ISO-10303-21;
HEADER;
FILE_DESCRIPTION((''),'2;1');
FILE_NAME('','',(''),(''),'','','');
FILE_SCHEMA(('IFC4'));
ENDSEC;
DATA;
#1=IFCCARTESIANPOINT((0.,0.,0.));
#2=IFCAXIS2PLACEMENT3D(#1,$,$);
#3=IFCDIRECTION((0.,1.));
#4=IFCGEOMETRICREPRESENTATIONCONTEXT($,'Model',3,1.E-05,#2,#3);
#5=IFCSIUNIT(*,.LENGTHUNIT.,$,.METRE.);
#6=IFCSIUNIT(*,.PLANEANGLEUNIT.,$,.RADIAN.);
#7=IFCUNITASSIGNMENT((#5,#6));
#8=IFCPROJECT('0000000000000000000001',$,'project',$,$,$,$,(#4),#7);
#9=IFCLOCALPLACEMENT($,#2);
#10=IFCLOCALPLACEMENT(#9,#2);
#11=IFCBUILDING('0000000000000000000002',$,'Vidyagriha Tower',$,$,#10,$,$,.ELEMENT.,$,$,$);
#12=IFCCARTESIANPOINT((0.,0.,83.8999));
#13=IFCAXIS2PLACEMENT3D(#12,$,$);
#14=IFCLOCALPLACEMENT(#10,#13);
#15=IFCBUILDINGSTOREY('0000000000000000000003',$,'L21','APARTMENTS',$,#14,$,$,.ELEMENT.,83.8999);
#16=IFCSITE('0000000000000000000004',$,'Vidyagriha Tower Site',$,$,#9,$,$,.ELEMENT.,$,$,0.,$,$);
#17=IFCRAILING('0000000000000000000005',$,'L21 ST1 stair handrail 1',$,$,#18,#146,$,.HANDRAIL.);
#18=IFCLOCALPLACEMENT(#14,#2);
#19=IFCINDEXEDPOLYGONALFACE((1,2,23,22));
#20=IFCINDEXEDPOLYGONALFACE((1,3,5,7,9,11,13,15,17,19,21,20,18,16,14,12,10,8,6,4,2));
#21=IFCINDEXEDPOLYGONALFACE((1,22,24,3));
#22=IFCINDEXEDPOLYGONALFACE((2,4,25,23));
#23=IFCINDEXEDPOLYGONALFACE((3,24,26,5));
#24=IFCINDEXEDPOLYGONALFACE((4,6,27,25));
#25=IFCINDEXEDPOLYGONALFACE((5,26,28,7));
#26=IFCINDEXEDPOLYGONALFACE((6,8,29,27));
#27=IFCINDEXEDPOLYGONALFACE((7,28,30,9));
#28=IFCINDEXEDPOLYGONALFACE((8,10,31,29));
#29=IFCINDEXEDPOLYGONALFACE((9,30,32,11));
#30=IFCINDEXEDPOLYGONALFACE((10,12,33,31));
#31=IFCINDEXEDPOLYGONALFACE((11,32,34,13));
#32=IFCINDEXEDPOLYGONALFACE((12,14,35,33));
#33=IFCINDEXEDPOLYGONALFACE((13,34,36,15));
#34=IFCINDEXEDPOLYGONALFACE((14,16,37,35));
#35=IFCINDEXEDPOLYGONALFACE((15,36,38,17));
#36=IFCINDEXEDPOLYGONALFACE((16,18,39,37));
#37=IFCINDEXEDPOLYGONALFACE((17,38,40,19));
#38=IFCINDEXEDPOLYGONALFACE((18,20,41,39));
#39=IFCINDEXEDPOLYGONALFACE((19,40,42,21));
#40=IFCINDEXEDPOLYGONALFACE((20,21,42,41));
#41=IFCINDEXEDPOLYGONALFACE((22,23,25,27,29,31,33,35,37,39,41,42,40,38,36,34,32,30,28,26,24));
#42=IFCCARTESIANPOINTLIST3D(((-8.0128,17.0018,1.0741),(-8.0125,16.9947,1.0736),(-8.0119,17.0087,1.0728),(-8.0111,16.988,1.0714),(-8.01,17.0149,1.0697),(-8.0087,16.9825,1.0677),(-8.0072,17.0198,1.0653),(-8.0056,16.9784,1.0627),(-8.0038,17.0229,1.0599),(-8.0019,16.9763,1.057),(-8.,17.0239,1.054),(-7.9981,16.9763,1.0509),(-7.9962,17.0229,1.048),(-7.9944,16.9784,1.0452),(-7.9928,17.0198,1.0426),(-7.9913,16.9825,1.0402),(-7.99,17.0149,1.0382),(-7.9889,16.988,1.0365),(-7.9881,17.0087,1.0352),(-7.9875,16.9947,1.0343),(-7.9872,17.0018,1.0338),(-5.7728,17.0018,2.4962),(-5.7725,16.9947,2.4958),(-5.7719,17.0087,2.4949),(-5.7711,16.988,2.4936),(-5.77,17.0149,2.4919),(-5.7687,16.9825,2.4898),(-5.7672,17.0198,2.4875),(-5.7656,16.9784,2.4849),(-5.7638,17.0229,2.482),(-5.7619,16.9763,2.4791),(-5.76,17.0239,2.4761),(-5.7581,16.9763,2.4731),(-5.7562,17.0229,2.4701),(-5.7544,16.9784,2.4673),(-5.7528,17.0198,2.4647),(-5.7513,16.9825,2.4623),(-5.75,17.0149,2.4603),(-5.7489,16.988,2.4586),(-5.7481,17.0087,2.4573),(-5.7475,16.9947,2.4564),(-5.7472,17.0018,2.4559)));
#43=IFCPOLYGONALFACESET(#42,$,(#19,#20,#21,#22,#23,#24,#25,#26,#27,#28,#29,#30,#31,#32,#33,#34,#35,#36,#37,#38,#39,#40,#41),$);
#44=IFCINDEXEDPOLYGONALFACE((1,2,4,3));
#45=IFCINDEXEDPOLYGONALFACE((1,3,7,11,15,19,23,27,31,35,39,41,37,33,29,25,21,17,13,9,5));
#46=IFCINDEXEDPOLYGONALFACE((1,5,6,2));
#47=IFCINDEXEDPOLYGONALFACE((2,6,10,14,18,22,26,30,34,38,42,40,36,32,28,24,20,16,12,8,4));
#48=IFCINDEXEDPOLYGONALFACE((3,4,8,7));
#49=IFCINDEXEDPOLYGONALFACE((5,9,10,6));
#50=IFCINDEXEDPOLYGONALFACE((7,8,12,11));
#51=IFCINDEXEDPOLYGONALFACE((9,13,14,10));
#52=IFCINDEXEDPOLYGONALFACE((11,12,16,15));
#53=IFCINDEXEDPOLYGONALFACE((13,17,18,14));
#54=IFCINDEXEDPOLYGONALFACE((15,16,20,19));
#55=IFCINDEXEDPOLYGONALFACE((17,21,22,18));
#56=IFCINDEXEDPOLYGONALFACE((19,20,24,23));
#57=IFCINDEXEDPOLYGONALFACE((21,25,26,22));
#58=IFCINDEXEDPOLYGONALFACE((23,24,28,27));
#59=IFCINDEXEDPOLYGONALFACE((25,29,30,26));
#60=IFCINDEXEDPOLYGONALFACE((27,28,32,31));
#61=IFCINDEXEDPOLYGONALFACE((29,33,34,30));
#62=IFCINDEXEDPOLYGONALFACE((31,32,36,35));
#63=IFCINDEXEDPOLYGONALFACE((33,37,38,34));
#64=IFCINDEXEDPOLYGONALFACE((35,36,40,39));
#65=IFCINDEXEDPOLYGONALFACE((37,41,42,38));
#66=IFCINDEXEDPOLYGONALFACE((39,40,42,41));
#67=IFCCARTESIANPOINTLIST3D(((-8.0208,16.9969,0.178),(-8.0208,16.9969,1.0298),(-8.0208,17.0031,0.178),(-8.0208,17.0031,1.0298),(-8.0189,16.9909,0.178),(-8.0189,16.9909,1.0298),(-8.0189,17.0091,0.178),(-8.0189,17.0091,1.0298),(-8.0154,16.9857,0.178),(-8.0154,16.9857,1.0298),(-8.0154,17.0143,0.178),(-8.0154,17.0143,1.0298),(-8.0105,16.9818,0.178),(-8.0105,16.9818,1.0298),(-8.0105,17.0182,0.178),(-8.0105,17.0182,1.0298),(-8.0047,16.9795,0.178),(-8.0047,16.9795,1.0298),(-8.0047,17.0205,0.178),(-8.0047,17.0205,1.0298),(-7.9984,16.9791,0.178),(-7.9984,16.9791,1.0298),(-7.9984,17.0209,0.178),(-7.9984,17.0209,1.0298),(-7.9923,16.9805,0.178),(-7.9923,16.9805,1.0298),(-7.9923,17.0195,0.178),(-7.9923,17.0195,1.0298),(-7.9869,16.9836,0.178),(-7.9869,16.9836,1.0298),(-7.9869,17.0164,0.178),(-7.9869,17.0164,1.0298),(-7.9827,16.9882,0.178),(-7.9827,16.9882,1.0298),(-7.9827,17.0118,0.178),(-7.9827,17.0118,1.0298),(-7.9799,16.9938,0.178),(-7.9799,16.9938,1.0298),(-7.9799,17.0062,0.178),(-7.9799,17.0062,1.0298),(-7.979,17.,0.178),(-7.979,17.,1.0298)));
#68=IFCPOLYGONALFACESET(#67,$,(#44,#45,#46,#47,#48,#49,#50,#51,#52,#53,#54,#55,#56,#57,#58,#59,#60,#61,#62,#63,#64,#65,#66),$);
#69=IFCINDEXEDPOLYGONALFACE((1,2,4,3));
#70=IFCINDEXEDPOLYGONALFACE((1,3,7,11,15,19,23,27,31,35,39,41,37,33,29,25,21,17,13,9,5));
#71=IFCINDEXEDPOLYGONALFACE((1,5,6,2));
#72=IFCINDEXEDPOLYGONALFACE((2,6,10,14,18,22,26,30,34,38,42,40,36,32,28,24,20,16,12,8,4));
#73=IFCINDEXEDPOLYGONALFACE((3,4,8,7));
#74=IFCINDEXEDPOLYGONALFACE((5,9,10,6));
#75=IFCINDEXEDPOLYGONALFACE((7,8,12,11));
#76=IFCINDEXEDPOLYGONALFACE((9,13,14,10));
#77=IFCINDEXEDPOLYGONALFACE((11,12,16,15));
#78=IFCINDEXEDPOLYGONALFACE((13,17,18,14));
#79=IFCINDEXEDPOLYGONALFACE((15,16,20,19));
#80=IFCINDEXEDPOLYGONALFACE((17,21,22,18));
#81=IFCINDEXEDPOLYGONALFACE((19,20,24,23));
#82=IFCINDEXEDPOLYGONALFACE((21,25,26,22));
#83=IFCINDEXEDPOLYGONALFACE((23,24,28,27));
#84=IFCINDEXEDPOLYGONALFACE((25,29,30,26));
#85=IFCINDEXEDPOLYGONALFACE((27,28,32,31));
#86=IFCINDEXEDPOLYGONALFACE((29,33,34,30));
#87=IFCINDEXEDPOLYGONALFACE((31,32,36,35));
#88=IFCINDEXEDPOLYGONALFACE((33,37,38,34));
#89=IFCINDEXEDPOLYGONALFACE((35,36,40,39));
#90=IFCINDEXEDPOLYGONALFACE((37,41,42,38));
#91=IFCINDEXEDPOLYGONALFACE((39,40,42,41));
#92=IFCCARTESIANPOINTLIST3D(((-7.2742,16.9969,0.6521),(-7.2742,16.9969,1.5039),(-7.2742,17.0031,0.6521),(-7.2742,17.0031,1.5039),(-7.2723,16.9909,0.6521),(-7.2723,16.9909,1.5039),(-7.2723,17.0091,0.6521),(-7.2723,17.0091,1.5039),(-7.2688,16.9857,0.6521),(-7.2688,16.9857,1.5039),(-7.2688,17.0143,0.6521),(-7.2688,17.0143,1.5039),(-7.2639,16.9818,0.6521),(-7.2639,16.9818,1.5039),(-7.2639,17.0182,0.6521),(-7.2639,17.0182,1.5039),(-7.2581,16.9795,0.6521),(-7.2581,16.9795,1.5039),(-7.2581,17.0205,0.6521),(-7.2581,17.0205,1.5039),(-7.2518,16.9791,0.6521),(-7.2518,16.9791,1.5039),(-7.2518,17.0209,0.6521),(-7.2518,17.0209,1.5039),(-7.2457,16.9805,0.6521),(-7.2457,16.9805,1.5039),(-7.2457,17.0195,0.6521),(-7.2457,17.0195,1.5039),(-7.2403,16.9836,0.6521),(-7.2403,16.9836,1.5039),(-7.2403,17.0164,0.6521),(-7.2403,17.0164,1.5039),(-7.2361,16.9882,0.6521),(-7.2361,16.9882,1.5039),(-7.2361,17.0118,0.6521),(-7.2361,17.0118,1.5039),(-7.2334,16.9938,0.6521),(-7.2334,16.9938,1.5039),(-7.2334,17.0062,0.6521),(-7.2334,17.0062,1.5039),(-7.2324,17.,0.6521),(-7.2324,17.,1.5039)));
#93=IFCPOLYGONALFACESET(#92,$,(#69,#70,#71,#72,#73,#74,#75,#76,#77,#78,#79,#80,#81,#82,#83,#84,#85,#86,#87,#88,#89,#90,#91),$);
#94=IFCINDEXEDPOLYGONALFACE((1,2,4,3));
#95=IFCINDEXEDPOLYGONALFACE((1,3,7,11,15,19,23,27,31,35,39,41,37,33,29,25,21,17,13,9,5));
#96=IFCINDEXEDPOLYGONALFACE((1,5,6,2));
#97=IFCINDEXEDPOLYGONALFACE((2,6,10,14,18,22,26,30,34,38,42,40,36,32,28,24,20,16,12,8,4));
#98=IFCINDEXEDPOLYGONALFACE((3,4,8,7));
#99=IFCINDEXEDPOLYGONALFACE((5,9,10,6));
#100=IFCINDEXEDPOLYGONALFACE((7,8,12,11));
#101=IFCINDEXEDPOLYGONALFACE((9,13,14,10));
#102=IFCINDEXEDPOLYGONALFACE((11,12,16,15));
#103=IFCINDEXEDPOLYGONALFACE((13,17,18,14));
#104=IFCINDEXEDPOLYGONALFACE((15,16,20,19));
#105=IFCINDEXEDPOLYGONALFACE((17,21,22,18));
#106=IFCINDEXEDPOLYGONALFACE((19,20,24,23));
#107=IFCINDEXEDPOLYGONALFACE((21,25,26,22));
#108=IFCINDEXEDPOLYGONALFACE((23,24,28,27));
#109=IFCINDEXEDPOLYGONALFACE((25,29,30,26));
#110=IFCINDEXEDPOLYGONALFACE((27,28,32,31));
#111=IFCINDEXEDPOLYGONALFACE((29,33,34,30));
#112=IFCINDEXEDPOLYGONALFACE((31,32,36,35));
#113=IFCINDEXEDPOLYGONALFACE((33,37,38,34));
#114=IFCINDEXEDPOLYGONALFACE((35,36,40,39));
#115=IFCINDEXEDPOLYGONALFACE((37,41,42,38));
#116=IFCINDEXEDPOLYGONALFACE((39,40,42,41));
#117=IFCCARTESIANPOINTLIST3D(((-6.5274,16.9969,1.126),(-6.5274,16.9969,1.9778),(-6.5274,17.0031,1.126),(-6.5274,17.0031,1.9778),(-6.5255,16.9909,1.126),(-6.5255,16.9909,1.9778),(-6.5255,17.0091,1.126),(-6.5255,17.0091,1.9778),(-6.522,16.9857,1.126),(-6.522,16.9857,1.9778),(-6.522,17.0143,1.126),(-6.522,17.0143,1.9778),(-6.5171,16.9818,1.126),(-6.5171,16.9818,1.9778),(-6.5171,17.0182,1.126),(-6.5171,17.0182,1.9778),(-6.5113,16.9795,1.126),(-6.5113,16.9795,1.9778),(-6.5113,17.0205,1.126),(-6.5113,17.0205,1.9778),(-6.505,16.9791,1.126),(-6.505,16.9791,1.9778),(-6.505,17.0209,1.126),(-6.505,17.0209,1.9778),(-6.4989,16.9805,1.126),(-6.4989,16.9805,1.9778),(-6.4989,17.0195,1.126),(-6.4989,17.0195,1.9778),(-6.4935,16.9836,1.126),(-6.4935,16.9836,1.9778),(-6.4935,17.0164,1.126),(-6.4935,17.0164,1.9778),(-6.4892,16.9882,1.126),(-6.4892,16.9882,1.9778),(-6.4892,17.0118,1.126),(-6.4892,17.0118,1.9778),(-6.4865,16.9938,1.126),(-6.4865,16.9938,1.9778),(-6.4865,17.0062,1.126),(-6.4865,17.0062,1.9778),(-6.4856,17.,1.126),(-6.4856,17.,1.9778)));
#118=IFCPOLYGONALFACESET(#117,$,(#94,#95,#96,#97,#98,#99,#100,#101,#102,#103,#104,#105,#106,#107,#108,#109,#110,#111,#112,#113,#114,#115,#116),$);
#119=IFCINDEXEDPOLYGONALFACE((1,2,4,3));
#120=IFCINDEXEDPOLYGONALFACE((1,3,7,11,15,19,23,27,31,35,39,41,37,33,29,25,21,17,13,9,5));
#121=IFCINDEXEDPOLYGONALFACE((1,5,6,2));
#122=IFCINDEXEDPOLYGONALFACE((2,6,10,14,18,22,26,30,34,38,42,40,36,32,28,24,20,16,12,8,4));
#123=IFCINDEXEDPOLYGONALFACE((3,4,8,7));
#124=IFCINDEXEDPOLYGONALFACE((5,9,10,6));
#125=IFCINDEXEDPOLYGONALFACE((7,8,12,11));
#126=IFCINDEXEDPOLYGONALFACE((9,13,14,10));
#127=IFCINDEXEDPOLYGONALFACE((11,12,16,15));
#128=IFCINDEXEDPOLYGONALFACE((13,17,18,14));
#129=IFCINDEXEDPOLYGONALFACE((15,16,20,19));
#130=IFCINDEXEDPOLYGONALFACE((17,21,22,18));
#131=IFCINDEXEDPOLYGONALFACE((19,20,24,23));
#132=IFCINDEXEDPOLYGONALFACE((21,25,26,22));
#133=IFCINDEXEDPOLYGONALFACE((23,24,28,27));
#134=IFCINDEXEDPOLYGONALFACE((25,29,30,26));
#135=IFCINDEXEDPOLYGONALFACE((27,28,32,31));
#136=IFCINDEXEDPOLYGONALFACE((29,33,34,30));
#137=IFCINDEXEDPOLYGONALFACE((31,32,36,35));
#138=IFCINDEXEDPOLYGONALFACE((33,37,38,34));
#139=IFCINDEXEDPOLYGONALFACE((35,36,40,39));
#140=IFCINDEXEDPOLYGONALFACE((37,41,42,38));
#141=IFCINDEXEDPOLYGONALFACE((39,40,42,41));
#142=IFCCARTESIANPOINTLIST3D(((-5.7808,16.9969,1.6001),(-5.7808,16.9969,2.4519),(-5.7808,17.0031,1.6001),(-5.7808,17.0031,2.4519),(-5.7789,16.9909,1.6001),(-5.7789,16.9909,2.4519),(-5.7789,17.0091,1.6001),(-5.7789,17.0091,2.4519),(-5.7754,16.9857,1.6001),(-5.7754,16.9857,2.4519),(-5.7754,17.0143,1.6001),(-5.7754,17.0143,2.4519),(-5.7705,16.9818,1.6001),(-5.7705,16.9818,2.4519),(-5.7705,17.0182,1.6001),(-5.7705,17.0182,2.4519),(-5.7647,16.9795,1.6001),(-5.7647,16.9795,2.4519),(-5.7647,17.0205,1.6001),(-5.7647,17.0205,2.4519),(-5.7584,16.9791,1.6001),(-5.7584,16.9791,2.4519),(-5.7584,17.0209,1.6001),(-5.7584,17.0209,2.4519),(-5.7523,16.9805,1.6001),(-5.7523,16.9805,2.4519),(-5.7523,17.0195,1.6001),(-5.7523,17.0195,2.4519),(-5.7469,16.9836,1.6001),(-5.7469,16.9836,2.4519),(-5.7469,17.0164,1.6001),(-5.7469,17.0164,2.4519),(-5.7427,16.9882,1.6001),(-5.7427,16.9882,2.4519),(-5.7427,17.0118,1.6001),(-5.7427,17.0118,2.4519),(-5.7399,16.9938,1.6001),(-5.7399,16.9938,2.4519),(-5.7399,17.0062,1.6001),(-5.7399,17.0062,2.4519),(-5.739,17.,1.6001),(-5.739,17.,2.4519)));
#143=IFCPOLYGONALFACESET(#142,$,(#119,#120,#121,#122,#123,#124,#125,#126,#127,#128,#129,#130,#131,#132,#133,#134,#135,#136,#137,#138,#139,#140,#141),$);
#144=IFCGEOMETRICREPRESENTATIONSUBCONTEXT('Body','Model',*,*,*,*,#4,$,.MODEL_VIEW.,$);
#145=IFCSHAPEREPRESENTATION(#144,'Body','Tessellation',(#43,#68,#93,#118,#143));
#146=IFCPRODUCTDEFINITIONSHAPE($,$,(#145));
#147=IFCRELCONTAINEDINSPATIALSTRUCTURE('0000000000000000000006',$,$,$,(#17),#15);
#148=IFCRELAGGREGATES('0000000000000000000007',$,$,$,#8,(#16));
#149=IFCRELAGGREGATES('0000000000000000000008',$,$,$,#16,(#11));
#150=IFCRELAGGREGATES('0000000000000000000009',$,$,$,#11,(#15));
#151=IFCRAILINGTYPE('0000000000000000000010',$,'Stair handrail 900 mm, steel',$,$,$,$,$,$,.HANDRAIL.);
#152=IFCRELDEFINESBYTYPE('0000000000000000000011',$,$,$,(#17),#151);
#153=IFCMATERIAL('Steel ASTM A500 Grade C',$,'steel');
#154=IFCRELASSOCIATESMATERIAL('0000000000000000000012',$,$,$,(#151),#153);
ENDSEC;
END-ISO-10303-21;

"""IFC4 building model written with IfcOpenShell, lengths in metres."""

from ifc_helpers import new_model, si_unit, direction, frame, origin, origin_2d, place, context, subcontext, project, spatial, circle, extrude, material, type_object, element, save


model = new_model("IFC4")

# Units and contexts
model_context = context("Model", 3, precision=1e-05, world=origin(), true_north=direction((0.0, 1.0)))
body_context = subcontext(model_context, "Body", "Model", "MODEL_VIEW")
ifc_project = project(units=[si_unit("LENGTHUNIT", "METRE"), si_unit("PLANEANGLEUNIT", "RADIAN")], contexts=[model_context])

# Site, building, storey
site_placement = place(None, origin())
site = spatial("IfcSite", under=ifc_project, at=site_placement, Name="Vidyagriha Tower Site", CompositionType="ELEMENT", RefElevation=0.0)
building_placement = place(site_placement, origin())
building = spatial("IfcBuilding", under=site, at=building_placement, Name="Vidyagriha Tower", CompositionType="ELEMENT")
storey_placement = place(building_placement, frame((0.0, 0.0, 83.8999)))
storey = spatial("IfcBuildingStorey", under=building, at=storey_placement, Name="L21", Description="APARTMENTS", CompositionType="ELEMENT", Elevation=83.8999)

# Railing
ifc_material_1 = material(Name="Steel ASTM A500 Grade C", Category="steel")
railing_type_1 = type_object("IfcRailingType", Name="Stair handrail 900 mm, steel", PredefinedType="HANDRAIL", material=ifc_material_1)
railing_1_placement = place(storey_placement, frame((-8.0, 17.0, 0.178)))
element("IfcRailing", 1, at=railing_1_placement, inside=storey, type_object=railing_type_1, Name="L21 ST1 stair handrail 1", PredefinedType="HANDRAIL", context=body_context, shape_type="SweptSolid", body=[
    extrude(circle(Radius=0.0239, at=origin_2d()), frame((0.0, 0.0, 0.876), z_axis=(0.844229, 0.0, 0.535982), x_axis=(0.0, 1.0, 0.0)), (0.0, 0.0, 1.0), 2.6533),
    extrude(circle(Radius=0.021, at=origin_2d()), origin(), (0.0, 0.0, 1.0), 0.8518),
    extrude(circle(Radius=0.021, at=origin_2d()), frame((0.7466, 0.0, 0.4741)), (0.0, 0.0, 1.0), 0.8518),
    extrude(circle(Radius=0.021, at=origin_2d()), frame((1.4934, 0.0, 0.948)), (0.0, 0.0, 1.0), 0.8518),
    extrude(circle(Radius=0.021, at=origin_2d()), frame((2.24, 0.0, 1.4221)), (0.0, 0.0, 1.0), 0.8518),
])

save(model, "model.ifc")
